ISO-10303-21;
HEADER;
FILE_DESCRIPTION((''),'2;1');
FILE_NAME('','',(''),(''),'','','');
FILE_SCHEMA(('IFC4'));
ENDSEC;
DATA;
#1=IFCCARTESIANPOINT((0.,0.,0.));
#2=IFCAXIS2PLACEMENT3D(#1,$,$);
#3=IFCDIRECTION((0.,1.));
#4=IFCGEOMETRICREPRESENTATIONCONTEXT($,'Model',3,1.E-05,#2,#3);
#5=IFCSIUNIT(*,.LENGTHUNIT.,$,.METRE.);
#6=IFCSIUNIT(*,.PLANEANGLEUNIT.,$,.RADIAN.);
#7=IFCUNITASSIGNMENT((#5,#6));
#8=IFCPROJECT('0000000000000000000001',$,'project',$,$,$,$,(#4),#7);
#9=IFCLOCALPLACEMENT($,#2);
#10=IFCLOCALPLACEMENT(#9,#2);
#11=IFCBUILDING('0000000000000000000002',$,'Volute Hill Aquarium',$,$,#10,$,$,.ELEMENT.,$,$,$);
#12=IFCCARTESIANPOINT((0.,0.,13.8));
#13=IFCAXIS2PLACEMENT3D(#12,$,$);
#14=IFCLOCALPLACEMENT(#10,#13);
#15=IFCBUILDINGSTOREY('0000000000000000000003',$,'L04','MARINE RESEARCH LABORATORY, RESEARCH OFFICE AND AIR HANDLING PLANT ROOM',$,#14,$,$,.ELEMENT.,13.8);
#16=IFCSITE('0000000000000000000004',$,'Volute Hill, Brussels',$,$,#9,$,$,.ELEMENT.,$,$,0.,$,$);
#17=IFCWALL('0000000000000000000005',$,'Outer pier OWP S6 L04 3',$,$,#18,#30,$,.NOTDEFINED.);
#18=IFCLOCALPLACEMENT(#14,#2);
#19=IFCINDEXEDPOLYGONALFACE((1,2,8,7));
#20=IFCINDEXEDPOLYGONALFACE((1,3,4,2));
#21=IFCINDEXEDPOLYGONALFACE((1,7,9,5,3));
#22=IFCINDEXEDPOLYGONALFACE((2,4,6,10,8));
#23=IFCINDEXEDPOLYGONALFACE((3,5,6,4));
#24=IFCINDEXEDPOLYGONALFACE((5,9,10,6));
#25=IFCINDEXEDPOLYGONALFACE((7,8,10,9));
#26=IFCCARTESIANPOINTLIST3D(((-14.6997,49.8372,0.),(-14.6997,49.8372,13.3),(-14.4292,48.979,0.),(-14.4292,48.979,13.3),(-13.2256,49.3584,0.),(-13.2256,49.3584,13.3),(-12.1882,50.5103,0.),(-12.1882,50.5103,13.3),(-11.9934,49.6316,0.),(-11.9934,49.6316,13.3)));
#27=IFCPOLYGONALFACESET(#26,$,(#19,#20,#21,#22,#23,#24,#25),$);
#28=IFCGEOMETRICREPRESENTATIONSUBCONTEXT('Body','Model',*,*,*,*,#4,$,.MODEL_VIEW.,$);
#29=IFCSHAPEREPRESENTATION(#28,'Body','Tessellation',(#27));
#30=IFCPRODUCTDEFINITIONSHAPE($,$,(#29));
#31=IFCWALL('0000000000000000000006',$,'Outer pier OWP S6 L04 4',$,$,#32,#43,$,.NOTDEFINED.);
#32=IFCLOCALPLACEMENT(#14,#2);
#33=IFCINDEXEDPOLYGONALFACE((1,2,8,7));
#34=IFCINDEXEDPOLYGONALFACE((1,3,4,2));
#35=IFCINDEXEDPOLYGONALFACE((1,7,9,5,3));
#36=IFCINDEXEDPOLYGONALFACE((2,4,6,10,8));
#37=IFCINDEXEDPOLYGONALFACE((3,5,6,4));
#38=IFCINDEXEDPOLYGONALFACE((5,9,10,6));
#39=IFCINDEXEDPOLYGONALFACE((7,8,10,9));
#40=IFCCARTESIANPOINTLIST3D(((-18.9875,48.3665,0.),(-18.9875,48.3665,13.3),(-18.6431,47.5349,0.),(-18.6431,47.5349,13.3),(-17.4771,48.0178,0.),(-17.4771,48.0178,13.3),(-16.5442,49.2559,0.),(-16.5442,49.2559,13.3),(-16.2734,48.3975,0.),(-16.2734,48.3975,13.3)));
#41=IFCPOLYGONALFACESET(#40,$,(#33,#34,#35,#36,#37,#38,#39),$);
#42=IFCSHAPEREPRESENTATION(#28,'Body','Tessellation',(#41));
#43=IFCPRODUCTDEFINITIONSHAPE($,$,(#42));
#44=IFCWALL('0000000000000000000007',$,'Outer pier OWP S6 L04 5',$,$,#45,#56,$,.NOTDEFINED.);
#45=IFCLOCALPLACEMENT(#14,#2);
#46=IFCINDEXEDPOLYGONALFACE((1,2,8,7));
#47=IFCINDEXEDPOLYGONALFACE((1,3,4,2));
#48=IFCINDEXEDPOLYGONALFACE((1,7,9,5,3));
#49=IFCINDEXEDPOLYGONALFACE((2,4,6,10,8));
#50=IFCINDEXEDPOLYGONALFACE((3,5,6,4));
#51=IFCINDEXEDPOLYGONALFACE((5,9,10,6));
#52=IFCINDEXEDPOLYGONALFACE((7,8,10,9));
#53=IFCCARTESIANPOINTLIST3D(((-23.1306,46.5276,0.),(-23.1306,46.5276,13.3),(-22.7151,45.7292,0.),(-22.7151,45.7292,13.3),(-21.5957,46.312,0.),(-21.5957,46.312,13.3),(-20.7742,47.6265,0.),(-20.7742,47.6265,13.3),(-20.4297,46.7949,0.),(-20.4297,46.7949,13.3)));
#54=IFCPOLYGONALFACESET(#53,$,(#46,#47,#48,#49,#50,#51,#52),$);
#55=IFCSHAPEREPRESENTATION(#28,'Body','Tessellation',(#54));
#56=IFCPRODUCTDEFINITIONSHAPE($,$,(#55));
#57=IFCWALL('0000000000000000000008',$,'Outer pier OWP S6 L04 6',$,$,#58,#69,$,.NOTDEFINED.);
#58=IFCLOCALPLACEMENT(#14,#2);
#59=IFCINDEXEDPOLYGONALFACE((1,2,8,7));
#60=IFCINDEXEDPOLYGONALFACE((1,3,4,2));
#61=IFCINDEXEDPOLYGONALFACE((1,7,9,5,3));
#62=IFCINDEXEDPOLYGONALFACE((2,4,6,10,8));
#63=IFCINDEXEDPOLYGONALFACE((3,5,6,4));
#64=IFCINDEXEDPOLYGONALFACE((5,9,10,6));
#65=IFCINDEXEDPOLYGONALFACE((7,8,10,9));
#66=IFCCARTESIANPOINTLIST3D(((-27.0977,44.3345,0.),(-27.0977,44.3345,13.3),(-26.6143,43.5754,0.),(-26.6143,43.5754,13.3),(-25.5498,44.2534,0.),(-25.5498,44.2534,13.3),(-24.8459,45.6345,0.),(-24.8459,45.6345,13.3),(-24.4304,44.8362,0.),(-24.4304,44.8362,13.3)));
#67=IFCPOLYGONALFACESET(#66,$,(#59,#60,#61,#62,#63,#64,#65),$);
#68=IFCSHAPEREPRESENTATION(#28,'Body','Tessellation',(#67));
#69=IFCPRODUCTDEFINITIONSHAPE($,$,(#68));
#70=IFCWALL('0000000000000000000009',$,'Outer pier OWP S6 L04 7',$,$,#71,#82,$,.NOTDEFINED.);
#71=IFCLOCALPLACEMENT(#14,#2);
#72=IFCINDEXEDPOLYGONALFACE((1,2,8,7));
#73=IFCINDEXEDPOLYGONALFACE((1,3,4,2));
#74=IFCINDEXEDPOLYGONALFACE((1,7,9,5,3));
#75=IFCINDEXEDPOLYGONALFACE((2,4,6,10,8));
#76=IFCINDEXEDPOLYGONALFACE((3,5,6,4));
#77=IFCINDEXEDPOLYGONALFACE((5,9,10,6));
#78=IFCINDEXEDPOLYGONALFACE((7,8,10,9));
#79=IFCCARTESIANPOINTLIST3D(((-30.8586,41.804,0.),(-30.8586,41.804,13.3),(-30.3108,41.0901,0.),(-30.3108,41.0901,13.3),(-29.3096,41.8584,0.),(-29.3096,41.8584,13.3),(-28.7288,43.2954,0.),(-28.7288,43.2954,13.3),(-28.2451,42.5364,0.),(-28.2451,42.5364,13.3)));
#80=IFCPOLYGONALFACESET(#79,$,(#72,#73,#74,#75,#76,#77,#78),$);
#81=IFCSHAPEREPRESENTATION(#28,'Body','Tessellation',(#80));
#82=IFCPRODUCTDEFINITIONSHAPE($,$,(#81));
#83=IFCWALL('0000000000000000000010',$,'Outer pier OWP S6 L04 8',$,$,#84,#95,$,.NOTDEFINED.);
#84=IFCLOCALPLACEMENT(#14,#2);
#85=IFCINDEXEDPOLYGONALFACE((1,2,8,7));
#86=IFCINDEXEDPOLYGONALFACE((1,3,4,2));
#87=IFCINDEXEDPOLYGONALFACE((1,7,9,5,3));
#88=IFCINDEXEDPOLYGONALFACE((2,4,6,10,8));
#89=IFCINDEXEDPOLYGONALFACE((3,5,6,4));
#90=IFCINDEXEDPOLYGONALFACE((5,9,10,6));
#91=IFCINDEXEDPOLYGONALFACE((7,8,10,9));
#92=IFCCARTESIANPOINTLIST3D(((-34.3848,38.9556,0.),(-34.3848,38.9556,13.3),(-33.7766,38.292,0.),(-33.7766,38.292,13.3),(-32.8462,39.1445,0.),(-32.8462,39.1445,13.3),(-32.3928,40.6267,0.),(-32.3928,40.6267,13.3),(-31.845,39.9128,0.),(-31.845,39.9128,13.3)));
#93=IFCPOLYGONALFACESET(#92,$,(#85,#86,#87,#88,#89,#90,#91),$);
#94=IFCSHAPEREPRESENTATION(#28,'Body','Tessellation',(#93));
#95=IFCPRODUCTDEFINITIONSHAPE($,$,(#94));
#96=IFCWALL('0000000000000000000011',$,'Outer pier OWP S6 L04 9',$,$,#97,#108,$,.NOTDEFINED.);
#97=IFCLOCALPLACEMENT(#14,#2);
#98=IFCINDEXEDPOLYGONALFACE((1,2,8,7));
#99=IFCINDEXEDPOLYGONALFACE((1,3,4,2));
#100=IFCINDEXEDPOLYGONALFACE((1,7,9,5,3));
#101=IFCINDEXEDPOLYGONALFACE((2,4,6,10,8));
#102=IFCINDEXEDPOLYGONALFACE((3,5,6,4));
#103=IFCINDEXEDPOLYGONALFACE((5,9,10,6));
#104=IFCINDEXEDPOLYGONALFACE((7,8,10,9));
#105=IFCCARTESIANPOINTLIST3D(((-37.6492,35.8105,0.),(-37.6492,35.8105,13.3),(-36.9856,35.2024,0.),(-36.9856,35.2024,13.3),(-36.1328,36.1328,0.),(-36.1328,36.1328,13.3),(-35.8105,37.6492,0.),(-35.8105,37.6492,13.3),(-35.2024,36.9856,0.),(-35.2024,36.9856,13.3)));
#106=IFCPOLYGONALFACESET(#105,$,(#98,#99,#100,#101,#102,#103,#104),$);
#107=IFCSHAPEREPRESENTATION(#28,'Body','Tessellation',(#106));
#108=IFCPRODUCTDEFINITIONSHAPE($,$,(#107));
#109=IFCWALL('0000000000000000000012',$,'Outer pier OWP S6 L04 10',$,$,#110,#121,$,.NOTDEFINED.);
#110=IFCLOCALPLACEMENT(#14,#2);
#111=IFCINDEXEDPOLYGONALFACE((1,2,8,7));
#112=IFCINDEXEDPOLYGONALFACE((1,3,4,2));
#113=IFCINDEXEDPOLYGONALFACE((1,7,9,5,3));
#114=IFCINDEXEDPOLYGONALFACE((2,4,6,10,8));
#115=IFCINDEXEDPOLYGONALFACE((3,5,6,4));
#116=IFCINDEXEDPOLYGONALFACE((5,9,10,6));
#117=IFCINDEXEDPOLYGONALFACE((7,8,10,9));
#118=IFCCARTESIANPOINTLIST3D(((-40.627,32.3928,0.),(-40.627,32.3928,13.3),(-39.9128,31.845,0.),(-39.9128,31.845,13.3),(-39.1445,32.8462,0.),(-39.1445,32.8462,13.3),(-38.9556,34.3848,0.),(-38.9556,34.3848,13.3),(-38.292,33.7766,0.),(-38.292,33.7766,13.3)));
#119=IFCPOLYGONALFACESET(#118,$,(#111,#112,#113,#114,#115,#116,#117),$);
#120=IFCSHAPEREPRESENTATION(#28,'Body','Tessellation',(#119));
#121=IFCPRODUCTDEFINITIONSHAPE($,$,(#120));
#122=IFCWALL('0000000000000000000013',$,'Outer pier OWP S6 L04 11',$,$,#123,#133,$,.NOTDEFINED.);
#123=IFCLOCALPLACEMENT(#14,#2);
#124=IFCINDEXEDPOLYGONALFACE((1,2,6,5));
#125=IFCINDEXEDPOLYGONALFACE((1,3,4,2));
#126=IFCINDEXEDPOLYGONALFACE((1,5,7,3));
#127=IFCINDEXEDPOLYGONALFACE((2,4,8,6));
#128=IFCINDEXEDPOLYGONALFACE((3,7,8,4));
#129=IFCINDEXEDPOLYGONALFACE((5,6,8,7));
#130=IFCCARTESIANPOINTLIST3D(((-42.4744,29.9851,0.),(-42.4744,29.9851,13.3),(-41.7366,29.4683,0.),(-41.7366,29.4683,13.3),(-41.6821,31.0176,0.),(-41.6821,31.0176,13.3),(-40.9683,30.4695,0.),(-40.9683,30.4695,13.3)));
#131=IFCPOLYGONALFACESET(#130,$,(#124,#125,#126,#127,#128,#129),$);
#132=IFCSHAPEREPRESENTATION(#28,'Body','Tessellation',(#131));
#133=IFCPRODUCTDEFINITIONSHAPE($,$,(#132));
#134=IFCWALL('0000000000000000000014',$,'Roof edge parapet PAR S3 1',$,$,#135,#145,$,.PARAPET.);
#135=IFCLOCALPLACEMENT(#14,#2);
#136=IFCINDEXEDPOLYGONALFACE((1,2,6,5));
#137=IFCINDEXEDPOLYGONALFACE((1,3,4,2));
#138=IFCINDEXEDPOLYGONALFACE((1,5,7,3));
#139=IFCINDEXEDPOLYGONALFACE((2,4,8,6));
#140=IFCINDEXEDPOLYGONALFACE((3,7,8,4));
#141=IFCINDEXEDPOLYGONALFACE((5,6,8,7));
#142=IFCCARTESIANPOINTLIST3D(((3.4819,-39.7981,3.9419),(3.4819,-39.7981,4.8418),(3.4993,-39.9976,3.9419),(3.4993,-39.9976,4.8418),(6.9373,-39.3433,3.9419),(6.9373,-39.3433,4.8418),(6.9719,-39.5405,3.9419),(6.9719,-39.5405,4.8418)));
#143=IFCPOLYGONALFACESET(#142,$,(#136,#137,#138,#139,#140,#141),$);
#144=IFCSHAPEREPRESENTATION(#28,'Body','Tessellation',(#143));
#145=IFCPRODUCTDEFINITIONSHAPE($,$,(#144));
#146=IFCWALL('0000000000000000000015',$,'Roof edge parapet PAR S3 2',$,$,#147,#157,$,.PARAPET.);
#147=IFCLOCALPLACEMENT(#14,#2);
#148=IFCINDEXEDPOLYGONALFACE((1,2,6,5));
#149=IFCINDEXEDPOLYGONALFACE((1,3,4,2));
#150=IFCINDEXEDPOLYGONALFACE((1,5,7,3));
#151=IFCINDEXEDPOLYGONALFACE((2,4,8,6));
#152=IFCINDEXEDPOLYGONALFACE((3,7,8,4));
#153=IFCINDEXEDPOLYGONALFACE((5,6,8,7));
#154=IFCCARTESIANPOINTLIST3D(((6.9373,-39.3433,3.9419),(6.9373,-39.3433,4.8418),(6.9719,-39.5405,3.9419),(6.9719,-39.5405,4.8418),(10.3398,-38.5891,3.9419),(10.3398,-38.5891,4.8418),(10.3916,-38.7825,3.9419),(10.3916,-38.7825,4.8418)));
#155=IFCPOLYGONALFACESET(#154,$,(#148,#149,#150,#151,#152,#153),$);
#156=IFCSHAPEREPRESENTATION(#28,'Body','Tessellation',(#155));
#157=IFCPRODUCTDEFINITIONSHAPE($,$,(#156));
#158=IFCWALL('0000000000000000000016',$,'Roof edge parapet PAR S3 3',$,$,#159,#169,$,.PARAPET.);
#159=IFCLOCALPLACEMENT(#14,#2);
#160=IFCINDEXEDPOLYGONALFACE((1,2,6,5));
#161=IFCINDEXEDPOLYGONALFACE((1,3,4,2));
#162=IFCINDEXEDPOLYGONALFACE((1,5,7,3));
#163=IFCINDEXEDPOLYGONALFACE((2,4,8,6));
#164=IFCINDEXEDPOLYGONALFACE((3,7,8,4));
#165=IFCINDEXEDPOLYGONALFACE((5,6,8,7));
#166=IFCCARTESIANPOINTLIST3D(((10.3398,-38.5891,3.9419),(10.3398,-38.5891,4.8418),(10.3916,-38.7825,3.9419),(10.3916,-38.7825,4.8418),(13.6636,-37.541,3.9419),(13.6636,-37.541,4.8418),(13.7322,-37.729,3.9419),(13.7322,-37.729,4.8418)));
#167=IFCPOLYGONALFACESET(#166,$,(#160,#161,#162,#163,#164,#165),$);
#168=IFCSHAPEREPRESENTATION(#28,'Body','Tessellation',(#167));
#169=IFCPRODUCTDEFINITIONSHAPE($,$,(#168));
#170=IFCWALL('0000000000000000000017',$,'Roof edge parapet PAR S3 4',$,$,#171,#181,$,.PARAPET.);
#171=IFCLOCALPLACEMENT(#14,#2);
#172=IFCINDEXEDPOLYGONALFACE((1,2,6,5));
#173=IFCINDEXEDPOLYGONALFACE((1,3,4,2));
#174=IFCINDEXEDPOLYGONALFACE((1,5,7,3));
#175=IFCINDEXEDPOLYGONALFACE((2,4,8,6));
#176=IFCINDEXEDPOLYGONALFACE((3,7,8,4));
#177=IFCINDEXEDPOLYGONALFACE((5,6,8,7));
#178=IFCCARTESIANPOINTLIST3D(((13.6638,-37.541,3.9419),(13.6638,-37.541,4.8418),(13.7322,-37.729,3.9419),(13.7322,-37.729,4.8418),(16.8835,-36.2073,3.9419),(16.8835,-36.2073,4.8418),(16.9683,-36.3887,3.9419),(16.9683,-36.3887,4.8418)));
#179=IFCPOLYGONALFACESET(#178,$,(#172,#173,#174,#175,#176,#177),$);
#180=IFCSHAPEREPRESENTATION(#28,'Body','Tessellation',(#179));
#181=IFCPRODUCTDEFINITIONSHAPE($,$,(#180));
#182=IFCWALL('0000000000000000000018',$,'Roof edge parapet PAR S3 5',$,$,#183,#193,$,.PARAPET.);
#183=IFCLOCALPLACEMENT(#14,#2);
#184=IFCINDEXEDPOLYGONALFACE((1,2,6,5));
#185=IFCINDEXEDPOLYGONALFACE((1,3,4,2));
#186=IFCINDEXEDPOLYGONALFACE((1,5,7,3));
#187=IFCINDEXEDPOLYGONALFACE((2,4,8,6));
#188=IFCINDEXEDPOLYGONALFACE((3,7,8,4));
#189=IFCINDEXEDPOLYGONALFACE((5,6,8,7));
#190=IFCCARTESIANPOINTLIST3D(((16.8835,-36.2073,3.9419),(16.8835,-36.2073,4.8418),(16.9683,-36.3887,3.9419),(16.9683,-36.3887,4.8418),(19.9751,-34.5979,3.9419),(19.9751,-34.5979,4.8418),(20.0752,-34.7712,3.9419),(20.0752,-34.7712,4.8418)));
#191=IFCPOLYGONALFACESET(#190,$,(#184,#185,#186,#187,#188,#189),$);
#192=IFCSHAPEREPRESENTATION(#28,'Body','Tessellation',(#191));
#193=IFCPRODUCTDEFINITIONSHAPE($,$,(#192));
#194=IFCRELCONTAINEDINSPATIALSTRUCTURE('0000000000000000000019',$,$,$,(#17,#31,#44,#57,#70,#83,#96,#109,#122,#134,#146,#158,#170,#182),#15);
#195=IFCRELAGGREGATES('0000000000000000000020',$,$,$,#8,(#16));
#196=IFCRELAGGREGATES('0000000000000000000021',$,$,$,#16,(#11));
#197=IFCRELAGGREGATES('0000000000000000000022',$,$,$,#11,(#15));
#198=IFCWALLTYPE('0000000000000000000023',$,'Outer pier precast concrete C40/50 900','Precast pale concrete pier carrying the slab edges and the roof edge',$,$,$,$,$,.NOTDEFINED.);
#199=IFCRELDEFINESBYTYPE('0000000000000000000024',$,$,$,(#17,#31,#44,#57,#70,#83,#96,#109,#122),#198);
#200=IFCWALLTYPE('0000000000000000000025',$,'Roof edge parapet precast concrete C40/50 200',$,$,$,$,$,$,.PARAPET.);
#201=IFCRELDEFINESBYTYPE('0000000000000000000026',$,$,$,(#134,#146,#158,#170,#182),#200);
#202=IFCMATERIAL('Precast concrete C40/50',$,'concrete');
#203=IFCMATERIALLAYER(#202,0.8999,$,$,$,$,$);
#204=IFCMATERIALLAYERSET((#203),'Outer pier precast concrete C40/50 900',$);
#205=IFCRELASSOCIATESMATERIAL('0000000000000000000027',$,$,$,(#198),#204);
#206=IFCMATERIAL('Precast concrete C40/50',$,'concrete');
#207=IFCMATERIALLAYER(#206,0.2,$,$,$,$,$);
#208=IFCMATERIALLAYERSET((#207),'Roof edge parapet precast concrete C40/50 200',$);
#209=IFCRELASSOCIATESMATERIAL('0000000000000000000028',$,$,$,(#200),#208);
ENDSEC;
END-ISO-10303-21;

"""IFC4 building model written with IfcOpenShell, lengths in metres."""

from ifc_helpers import new_model, si_unit, direction, frame, origin, place, context, subcontext, project, spatial, polyline, outline, extrude, material, layer, layer_set, type_object, element, save


model = new_model("IFC4")

# Units and contexts
model_context = context("Model", 3, precision=1e-05, world=origin(), true_north=direction((0.0, 1.0)))
body_context = subcontext(model_context, "Body", "Model", "MODEL_VIEW")
ifc_project = project(units=[si_unit("LENGTHUNIT", "METRE"), si_unit("PLANEANGLEUNIT", "RADIAN")], contexts=[model_context])

# Site, building, storey
site_placement = place(None, origin())
site = spatial("IfcSite", under=ifc_project, at=site_placement, Name="Volute Hill, Brussels", CompositionType="ELEMENT", RefElevation=0.0)
building_placement = place(site_placement, origin())
building = spatial("IfcBuilding", under=site, at=building_placement, Name="Volute Hill Aquarium", CompositionType="ELEMENT")
storey_placement = place(building_placement, frame((0.0, 0.0, 13.8)))
storey = spatial("IfcBuildingStorey", under=building, at=storey_placement, Name="L04", Description="MARINE RESEARCH LABORATORY, RESEARCH OFFICE AND AIR HANDLING PLANT ROOM", CompositionType="ELEMENT", Elevation=13.8)

# Walls
ifc_material_1 = material(Name="Precast concrete C40/50", Category="concrete")
ifc_layer_1 = layer(ifc_material_1, 0.8999)
ifc_layer_set_1 = layer_set([ifc_layer_1], Name="Outer pier precast concrete C40/50 900")
wall_type_1 = type_object("IfcWallType", Name="Outer pier precast concrete C40/50 900", Description="Precast pale concrete pier carrying the slab edges and the roof edge", PredefinedType="NOTDEFINED", material=ifc_layer_set_1)
wall_1_placement = place(storey_placement, origin())
element("IfcWall", 1, at=wall_1_placement, inside=storey, type_object=wall_type_1, Name="Outer pier OWP S6 L04 3", PredefinedType="NOTDEFINED", context=body_context, shape_type="SweptSolid", body=[
    extrude(outline(polyline([(-11.9934, 49.6316), (-12.1882, 50.5103), (-14.6997, 49.8372), (-14.4292, 48.979), (-13.2256, 49.3584), (-11.9934, 49.6316)])), origin(), (0.0, 0.0, 1.0), 13.3),
])
wall_2_placement = place(storey_placement, origin())
element("IfcWall", 2, at=wall_2_placement, inside=storey, type_object=wall_type_1, Name="Outer pier OWP S6 L04 4", PredefinedType="NOTDEFINED", context=body_context, shape_type="SweptSolid", body=[
    extrude(outline(polyline([(-16.2734, 48.3975), (-16.5442, 49.2559), (-18.9875, 48.3665), (-18.6431, 47.5349), (-17.4771, 48.0178), (-16.2734, 48.3975)])), origin(), (0.0, 0.0, 1.0), 13.3),
])
wall_3_placement = place(storey_placement, origin())
element("IfcWall", 3, at=wall_3_placement, inside=storey, type_object=wall_type_1, Name="Outer pier OWP S6 L04 5", PredefinedType="NOTDEFINED", context=body_context, shape_type="SweptSolid", body=[
    extrude(outline(polyline([(-20.4297, 46.7949), (-20.7742, 47.6265), (-23.1306, 46.5276), (-22.7151, 45.7292), (-21.5957, 46.312), (-20.4297, 46.7949)])), origin(), (0.0, 0.0, 1.0), 13.3),
])
wall_4_placement = place(storey_placement, origin())
element("IfcWall", 4, at=wall_4_placement, inside=storey, type_object=wall_type_1, Name="Outer pier OWP S6 L04 6", PredefinedType="NOTDEFINED", context=body_context, shape_type="SweptSolid", body=[
    extrude(outline(polyline([(-24.4304, 44.8362), (-24.8459, 45.6345), (-27.0977, 44.3345), (-26.6143, 43.5754), (-25.5498, 44.2534), (-24.4304, 44.8362)])), origin(), (0.0, 0.0, 1.0), 13.3),
])
wall_5_placement = place(storey_placement, origin())
element("IfcWall", 5, at=wall_5_placement, inside=storey, type_object=wall_type_1, Name="Outer pier OWP S6 L04 7", PredefinedType="NOTDEFINED", context=body_context, shape_type="SweptSolid", body=[
    extrude(outline(polyline([(-28.2451, 42.5364), (-28.7288, 43.2954), (-30.8586, 41.804), (-30.3108, 41.0901), (-29.3096, 41.8584), (-28.2451, 42.5364)])), origin(), (0.0, 0.0, 1.0), 13.3),
])
wall_6_placement = place(storey_placement, origin())
element("IfcWall", 6, at=wall_6_placement, inside=storey, type_object=wall_type_1, Name="Outer pier OWP S6 L04 8", PredefinedType="NOTDEFINED", context=body_context, shape_type="SweptSolid", body=[
    extrude(outline(polyline([(-31.845, 39.9128), (-32.3928, 40.6267), (-34.3848, 38.9556), (-33.7766, 38.292), (-32.8462, 39.1445), (-31.845, 39.9128)])), origin(), (0.0, 0.0, 1.0), 13.3),
])
wall_7_placement = place(storey_placement, origin())
element("IfcWall", 7, at=wall_7_placement, inside=storey, type_object=wall_type_1, Name="Outer pier OWP S6 L04 9", PredefinedType="NOTDEFINED", context=body_context, shape_type="SweptSolid", body=[
    extrude(outline(polyline([(-35.2024, 36.9856), (-35.8105, 37.6492), (-37.6492, 35.8105), (-36.9856, 35.2024), (-36.1328, 36.1328), (-35.2024, 36.9856)])), origin(), (0.0, 0.0, 1.0), 13.3),
])
wall_8_placement = place(storey_placement, origin())
element("IfcWall", 8, at=wall_8_placement, inside=storey, type_object=wall_type_1, Name="Outer pier OWP S6 L04 10", PredefinedType="NOTDEFINED", context=body_context, shape_type="SweptSolid", body=[
    extrude(outline(polyline([(-38.292, 33.7766), (-38.9556, 34.3848), (-40.627, 32.3928), (-39.9128, 31.845), (-39.1445, 32.8462), (-38.292, 33.7766)])), origin(), (0.0, 0.0, 1.0), 13.3),
])
wall_9_placement = place(storey_placement, origin())
element("IfcWall", 9, at=wall_9_placement, inside=storey, type_object=wall_type_1, Name="Outer pier OWP S6 L04 11", PredefinedType="NOTDEFINED", context=body_context, shape_type="SweptSolid", body=[
    extrude(outline(polyline([(-40.9683, 30.4695), (-41.6821, 31.0176), (-42.4744, 29.9851), (-41.7366, 29.4683), (-40.9683, 30.4695)])), origin(), (0.0, 0.0, 1.0), 13.3),
])
ifc_material_2 = material(Name="Precast concrete C40/50", Category="concrete")
ifc_layer_2 = layer(ifc_material_2, 0.2)
ifc_layer_set_2 = layer_set([ifc_layer_2], Name="Roof edge parapet precast concrete C40/50 200")
wall_type_2 = type_object("IfcWallType", Name="Roof edge parapet precast concrete C40/50 200", PredefinedType="PARAPET", material=ifc_layer_set_2)
wall_10_placement = place(storey_placement, frame((0.0, 0.0, 3.9419)))
element("IfcWall", 10, at=wall_10_placement, inside=storey, type_object=wall_type_2, Name="Roof edge parapet PAR S3 1", PredefinedType="PARAPET", context=body_context, shape_type="SweptSolid", body=[
    extrude(outline(polyline([(6.9719, -39.5405), (6.9373, -39.3433), (3.4819, -39.7981), (3.4993, -39.9976), (6.9719, -39.5405)])), origin(), (0.0, 0.0, 1.0), 0.8999),
])
wall_11_placement = place(storey_placement, frame((0.0, 0.0, 3.9419)))
element("IfcWall", 11, at=wall_11_placement, inside=storey, type_object=wall_type_2, Name="Roof edge parapet PAR S3 2", PredefinedType="PARAPET", context=body_context, shape_type="SweptSolid", body=[
    extrude(outline(polyline([(6.9373, -39.3433), (6.9719, -39.5405), (10.3916, -38.7825), (10.3398, -38.5891), (6.9373, -39.3433)])), origin(), (0.0, 0.0, 1.0), 0.8999),
])
wall_12_placement = place(storey_placement, frame((0.0, 0.0, 3.9419)))
element("IfcWall", 12, at=wall_12_placement, inside=storey, type_object=wall_type_2, Name="Roof edge parapet PAR S3 3", PredefinedType="PARAPET", context=body_context, shape_type="SweptSolid", body=[
    extrude(outline(polyline([(10.3398, -38.5891), (10.3916, -38.7825), (13.7322, -37.729), (13.6636, -37.541), (10.3398, -38.5891)])), origin(), (0.0, 0.0, 1.0), 0.8999),
])
wall_13_placement = place(storey_placement, frame((0.0, 0.0, 3.9419)))
element("IfcWall", 13, at=wall_13_placement, inside=storey, type_object=wall_type_2, Name="Roof edge parapet PAR S3 4", PredefinedType="PARAPET", context=body_context, shape_type="SweptSolid", body=[
    extrude(outline(polyline([(13.6638, -37.541), (13.7322, -37.729), (16.9683, -36.3887), (16.8835, -36.2073), (13.6638, -37.541)])), origin(), (0.0, 0.0, 1.0), 0.8999),
])
wall_14_placement = place(storey_placement, frame((0.0, 0.0, 3.9419)))
element("IfcWall", 14, at=wall_14_placement, inside=storey, type_object=wall_type_2, Name="Roof edge parapet PAR S3 5", PredefinedType="PARAPET", context=body_context, shape_type="SweptSolid", body=[
    extrude(outline(polyline([(16.8835, -36.2073), (16.9683, -36.3887), (20.0752, -34.7712), (19.9751, -34.5979), (16.8835, -36.2073)])), origin(), (0.0, 0.0, 1.0), 0.8999),
])

save(model, "model.ifc")
